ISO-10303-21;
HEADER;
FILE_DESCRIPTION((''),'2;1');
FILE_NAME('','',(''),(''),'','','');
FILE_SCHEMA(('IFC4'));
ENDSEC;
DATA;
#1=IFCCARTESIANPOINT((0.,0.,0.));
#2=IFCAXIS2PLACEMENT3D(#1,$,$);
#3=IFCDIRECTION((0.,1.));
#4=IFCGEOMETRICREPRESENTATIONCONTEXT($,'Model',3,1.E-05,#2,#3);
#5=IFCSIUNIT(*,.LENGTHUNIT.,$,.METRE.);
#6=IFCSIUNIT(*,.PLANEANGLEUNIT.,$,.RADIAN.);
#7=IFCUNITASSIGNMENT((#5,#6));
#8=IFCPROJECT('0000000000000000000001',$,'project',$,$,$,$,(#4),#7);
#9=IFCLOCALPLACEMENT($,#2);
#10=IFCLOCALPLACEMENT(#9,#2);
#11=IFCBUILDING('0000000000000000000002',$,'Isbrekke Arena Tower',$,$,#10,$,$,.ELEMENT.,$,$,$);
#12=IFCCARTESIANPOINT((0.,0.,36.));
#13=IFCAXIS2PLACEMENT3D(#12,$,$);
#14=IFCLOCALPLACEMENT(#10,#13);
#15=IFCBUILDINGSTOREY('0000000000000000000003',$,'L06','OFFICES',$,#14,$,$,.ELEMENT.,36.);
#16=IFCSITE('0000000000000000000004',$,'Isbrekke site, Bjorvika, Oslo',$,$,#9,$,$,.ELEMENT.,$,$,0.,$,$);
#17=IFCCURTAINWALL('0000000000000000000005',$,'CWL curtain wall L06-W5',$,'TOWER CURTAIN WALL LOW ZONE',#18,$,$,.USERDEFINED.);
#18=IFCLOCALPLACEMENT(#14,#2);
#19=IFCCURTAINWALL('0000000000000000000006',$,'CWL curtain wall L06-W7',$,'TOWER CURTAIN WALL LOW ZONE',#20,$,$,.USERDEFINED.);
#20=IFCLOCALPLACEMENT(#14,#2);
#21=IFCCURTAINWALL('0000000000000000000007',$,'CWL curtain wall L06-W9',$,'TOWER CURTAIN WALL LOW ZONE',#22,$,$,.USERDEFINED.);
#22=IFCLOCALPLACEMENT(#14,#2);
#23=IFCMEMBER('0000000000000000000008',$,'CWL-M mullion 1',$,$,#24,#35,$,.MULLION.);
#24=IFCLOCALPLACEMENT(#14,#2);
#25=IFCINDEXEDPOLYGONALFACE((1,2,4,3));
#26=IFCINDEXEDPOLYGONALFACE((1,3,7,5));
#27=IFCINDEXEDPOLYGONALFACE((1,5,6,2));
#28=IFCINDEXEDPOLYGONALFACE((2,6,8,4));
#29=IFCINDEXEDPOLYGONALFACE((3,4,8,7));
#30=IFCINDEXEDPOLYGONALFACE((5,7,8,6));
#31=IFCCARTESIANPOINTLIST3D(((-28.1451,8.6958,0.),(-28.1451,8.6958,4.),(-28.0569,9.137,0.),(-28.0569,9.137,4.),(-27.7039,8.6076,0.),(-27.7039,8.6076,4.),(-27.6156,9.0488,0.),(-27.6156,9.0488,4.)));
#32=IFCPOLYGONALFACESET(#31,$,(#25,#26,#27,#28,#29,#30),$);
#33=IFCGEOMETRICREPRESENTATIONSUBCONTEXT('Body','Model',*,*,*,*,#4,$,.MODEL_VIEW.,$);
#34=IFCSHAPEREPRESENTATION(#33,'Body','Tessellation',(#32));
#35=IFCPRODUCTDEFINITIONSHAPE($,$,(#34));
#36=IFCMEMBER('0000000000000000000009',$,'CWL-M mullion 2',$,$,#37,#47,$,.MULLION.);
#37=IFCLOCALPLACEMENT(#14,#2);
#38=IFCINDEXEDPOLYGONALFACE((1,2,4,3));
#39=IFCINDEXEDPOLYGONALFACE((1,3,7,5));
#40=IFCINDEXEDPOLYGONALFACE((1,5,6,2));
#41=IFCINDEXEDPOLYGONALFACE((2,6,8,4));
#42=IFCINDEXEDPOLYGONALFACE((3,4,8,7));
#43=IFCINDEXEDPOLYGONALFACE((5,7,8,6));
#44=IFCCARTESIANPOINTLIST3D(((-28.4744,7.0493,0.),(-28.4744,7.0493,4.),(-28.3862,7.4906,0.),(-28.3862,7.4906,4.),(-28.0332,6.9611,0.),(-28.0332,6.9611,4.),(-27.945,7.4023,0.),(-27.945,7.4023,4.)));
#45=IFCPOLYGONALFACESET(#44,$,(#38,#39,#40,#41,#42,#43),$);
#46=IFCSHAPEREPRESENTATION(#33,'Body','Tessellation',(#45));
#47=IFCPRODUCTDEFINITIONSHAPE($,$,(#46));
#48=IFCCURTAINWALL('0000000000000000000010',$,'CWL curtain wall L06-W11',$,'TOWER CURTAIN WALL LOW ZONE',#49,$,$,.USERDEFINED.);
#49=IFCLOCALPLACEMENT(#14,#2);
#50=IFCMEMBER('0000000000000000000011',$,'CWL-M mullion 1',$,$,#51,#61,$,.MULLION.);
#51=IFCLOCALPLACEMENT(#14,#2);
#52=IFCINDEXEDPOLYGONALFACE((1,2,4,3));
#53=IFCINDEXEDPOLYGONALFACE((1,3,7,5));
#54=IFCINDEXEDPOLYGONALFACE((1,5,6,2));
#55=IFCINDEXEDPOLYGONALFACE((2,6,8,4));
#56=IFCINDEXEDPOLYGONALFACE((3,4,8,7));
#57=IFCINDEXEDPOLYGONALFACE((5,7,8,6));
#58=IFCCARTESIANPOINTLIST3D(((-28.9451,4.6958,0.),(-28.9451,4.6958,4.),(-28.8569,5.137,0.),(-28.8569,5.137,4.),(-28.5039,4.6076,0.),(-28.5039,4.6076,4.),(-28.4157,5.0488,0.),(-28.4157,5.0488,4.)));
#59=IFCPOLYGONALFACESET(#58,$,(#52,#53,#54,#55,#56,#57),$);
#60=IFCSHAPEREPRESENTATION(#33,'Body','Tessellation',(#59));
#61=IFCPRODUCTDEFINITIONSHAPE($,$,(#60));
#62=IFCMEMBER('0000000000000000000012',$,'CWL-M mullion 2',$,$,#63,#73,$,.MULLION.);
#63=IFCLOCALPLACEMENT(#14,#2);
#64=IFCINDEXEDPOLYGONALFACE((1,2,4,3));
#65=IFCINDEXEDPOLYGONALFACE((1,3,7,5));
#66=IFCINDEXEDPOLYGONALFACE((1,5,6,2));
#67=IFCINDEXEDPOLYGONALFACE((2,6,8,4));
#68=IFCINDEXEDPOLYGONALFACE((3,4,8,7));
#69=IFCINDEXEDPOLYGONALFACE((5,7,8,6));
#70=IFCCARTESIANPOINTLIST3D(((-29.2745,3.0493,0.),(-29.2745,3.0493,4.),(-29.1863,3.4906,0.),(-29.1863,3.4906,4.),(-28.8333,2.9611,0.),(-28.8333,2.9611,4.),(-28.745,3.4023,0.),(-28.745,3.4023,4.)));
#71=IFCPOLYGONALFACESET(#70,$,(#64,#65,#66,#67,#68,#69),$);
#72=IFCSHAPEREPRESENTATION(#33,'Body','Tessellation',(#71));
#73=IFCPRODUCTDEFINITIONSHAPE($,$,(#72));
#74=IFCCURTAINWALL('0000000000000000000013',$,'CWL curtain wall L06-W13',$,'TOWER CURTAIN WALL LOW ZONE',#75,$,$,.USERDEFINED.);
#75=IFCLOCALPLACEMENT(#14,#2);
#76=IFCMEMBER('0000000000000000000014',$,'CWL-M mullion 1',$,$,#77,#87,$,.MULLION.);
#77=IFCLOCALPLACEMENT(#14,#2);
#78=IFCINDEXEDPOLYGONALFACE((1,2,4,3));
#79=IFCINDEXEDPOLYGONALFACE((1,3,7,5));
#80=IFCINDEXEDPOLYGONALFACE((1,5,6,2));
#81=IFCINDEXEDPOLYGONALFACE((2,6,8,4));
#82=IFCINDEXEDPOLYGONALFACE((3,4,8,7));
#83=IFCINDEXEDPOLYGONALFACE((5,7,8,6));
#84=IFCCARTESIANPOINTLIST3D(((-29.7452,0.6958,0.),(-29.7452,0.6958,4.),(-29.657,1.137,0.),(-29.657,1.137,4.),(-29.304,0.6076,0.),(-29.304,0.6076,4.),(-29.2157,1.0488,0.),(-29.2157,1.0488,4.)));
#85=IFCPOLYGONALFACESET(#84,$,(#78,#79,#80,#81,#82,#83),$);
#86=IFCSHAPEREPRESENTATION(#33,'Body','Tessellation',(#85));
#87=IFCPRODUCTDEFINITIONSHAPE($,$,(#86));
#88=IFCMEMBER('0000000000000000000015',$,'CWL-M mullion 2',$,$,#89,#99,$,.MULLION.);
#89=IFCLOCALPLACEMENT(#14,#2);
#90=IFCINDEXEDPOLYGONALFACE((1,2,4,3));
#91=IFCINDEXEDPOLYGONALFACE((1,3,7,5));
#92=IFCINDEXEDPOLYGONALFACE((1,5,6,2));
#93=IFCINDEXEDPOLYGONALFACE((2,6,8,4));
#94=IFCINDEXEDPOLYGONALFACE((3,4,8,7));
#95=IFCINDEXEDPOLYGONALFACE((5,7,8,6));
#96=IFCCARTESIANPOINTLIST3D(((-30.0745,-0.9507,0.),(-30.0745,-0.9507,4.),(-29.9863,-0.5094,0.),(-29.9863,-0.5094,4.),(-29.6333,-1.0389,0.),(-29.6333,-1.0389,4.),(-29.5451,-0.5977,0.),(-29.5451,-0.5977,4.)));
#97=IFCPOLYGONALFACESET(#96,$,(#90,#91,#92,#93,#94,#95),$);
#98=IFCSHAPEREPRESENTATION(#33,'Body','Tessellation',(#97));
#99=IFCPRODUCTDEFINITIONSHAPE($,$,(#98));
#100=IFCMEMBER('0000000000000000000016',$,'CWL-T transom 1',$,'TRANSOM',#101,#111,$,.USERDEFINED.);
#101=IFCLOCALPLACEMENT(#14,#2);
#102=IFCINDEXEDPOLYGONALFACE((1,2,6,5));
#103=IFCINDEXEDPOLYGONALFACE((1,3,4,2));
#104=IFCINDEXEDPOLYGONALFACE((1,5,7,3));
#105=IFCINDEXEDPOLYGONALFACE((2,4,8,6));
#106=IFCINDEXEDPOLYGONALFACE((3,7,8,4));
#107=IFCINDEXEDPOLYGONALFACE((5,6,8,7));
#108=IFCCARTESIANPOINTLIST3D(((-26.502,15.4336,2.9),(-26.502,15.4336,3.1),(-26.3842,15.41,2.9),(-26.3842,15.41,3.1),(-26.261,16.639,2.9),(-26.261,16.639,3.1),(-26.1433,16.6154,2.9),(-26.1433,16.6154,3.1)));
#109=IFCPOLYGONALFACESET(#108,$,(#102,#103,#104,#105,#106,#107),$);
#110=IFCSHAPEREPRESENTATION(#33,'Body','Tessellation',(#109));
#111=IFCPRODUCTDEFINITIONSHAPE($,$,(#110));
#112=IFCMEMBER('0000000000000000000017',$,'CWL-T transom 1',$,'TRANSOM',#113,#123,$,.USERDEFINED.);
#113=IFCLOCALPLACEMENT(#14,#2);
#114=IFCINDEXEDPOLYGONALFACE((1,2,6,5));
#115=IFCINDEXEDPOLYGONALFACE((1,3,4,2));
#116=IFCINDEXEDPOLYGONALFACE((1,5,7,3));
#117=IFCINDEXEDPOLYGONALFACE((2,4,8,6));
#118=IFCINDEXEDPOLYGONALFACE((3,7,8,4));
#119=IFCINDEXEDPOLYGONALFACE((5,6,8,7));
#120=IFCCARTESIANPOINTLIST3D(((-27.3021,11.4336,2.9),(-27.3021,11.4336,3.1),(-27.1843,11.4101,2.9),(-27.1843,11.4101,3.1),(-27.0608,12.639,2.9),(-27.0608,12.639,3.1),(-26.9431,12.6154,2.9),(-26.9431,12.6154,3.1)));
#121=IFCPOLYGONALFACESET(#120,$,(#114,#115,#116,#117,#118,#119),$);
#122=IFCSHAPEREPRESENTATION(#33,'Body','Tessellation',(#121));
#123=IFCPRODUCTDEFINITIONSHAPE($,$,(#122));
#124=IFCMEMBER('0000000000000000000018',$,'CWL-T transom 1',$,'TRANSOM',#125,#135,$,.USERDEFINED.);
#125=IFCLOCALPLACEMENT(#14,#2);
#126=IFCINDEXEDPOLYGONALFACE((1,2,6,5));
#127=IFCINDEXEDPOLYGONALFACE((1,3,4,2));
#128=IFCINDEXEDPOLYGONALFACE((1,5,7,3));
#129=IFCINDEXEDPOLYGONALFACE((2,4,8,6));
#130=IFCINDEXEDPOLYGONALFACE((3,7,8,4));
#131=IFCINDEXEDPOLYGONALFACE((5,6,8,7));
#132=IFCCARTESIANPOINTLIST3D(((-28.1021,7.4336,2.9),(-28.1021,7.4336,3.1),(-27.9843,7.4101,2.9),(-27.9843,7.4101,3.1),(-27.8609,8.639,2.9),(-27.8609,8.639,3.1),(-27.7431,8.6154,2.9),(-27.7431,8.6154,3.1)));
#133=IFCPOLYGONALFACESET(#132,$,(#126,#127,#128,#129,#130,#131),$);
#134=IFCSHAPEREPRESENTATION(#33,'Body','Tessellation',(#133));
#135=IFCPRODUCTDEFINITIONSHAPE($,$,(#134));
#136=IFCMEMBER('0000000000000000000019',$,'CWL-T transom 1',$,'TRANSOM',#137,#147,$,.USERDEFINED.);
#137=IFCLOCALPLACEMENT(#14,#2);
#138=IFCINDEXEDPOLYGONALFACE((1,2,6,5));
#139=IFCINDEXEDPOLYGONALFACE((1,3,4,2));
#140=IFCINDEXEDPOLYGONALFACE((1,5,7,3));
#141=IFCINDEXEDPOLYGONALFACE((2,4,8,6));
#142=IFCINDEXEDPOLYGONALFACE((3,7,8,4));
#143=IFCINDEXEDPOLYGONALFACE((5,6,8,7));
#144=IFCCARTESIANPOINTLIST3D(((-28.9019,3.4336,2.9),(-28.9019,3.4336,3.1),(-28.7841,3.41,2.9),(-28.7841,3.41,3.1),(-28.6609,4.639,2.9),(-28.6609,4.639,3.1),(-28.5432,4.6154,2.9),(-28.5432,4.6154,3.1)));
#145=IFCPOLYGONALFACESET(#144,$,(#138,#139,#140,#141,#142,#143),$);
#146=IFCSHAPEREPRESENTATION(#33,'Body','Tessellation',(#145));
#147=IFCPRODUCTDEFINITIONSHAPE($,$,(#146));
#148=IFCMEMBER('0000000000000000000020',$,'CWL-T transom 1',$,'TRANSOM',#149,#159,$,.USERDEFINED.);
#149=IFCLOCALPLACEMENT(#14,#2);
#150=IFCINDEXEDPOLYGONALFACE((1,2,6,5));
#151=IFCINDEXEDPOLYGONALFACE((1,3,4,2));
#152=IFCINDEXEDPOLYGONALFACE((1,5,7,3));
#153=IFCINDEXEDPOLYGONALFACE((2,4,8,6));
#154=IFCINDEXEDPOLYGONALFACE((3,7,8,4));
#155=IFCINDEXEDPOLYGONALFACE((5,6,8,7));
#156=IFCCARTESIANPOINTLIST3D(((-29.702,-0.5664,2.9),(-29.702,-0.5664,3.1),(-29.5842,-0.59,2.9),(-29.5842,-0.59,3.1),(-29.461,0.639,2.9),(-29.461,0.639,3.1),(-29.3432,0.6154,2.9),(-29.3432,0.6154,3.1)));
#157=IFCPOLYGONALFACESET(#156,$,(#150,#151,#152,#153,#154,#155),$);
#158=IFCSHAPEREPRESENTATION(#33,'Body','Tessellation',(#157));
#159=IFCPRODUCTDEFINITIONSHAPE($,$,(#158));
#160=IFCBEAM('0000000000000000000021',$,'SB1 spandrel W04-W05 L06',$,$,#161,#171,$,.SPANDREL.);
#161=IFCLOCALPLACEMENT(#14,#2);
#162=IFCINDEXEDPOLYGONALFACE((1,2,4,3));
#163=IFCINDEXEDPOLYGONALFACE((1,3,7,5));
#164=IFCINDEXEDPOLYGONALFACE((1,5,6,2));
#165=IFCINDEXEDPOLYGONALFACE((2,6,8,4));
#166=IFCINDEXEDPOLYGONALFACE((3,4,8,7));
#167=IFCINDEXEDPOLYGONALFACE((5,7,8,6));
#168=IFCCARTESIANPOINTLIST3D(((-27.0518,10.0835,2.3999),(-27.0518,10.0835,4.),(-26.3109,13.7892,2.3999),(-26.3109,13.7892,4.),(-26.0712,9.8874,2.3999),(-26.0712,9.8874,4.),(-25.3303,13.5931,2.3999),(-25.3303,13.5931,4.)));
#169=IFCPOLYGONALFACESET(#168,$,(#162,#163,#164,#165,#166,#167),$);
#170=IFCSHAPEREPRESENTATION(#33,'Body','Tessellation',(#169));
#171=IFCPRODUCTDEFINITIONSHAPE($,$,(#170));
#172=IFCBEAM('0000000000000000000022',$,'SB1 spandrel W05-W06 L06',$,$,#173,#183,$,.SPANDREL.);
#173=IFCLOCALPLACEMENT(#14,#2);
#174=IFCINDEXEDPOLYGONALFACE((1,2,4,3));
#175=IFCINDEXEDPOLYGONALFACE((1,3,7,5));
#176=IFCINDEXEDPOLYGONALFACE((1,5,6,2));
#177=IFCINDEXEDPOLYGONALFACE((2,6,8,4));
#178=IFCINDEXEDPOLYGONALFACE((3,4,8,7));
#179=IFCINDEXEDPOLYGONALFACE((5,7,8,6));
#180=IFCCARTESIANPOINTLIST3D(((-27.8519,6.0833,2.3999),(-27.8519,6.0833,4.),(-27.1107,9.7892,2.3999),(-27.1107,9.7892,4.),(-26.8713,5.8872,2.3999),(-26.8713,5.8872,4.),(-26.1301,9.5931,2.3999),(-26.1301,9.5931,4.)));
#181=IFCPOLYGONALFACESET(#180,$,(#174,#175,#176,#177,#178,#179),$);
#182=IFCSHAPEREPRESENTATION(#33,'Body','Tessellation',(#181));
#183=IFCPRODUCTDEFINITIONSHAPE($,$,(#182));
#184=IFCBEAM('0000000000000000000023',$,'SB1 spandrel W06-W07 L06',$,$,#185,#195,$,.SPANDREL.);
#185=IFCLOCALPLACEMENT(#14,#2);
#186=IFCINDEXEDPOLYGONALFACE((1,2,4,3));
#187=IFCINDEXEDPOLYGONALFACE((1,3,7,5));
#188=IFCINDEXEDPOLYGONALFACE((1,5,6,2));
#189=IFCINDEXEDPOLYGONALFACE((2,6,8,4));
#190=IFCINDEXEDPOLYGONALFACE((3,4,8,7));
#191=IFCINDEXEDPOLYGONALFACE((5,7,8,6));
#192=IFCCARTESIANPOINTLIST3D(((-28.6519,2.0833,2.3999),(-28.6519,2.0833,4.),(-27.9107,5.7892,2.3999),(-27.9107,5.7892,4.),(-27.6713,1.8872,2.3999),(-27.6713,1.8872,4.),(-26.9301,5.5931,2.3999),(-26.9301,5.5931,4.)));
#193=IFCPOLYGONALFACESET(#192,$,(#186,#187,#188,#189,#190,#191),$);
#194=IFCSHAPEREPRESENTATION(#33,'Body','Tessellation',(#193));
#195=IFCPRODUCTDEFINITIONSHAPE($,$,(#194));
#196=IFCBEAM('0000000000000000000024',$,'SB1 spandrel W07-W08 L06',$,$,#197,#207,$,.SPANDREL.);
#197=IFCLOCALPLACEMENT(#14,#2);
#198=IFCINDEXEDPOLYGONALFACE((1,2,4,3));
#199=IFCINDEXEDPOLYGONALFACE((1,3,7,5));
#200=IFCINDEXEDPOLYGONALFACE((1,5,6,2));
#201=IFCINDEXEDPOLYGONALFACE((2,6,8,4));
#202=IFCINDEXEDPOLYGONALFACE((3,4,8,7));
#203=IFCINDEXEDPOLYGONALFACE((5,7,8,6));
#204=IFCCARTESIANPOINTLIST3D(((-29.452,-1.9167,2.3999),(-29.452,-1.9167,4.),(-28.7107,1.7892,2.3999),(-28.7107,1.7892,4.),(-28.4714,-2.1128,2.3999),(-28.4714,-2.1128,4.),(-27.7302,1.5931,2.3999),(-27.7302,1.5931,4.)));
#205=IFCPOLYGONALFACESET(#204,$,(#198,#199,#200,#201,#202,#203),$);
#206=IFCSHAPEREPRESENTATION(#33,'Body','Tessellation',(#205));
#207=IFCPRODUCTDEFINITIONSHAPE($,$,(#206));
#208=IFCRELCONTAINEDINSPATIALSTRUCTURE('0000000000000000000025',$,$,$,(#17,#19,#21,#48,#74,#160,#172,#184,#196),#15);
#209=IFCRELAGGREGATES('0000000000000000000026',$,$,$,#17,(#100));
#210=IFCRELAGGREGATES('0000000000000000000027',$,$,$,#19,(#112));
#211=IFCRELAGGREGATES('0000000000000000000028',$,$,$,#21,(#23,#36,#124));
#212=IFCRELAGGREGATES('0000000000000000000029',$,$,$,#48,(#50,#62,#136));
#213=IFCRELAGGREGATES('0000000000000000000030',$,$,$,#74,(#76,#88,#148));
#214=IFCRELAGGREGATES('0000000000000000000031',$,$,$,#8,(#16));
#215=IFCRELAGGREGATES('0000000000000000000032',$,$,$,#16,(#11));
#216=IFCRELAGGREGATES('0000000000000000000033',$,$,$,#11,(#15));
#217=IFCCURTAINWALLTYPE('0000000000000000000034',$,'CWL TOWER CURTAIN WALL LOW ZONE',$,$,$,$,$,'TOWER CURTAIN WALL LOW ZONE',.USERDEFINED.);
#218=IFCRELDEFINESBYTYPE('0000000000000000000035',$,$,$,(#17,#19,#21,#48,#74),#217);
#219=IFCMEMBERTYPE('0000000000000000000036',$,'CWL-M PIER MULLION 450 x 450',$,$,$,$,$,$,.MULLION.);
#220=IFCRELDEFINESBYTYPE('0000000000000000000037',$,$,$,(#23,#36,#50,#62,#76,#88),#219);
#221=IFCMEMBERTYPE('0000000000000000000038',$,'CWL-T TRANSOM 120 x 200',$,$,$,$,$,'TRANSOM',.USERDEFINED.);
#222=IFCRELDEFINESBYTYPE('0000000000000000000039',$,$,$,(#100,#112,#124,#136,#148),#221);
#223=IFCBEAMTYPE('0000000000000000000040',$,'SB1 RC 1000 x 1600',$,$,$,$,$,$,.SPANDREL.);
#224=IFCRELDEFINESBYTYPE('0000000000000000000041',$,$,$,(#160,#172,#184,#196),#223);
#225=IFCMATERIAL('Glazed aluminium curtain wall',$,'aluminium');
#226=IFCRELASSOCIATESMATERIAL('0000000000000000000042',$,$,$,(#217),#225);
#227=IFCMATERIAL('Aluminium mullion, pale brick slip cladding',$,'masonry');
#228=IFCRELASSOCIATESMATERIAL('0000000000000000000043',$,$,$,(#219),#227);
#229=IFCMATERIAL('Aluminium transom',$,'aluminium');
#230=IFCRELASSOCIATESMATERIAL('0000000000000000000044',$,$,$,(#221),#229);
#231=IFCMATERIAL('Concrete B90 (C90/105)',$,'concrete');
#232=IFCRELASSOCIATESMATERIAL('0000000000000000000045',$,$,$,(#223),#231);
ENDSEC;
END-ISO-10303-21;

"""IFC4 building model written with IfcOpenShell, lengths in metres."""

from ifc_helpers import new_model, si_unit, direction, frame, origin, origin_2d, place, context, subcontext, project, spatial, rectangle, extrude, material, material_profile, profile_set, type_object, element, aggregate, save


model = new_model("IFC4")

# Units and contexts
model_context = context("Model", 3, precision=1e-05, world=origin(), true_north=direction((0.0, 1.0)))
body_context = subcontext(model_context, "Body", "Model", "MODEL_VIEW")
ifc_project = project(units=[si_unit("LENGTHUNIT", "METRE"), si_unit("PLANEANGLEUNIT", "RADIAN")], contexts=[model_context])

# Site, building, storey
site_placement = place(None, origin())
site = spatial("IfcSite", under=ifc_project, at=site_placement, Name="Isbrekke site, Bjorvika, Oslo", CompositionType="ELEMENT", RefElevation=0.0)
building_placement = place(site_placement, origin())
building = spatial("IfcBuilding", under=site, at=building_placement, Name="Isbrekke Arena Tower", CompositionType="ELEMENT")
storey_placement = place(building_placement, frame((0.0, 0.0, 36.0)))
storey = spatial("IfcBuildingStorey", under=building, at=storey_placement, Name="L06", Description="OFFICES", CompositionType="ELEMENT", Elevation=36.0)

# Curtain walls, members
ifc_material_1 = material(Name="Glazed aluminium curtain wall", Category="aluminium")
curtain_wall_type = type_object("IfcCurtainWallType", Name="CWL TOWER CURTAIN WALL LOW ZONE", ElementType="TOWER CURTAIN WALL LOW ZONE", PredefinedType="USERDEFINED", material=ifc_material_1)
curtain_wall_1_placement = place(storey_placement, origin())
curtain_wall_1 = element("IfcCurtainWall", 1, at=curtain_wall_1_placement, inside=storey, type_object=curtain_wall_type, Name="CWL curtain wall L06-W5", ObjectType="TOWER CURTAIN WALL LOW ZONE", PredefinedType="USERDEFINED")
ifc_material_2 = material(Name="Aluminium mullion, pale brick slip cladding", Category="masonry")
ifc_material_profile_1 = material_profile(ifc_material_2, rectangle(XDim=0.45, YDim=0.45, at=origin_2d()), Name="PIER 450X450")
ifc_profile_set_1 = profile_set([ifc_material_profile_1], Name="Aluminium mullion, pale brick slip cladding")
member_type_1 = type_object("IfcMemberType", Name="CWL-M PIER MULLION 450 x 450", PredefinedType="MULLION", material=ifc_profile_set_1)
curtain_wall_2_placement = place(storey_placement, origin())
curtain_wall_2 = element("IfcCurtainWall", 2, at=curtain_wall_2_placement, inside=storey, type_object=curtain_wall_type, Name="CWL curtain wall L06-W7", ObjectType="TOWER CURTAIN WALL LOW ZONE", PredefinedType="USERDEFINED")
curtain_wall_3_placement = place(storey_placement, origin())
curtain_wall_3 = element("IfcCurtainWall", 3, at=curtain_wall_3_placement, inside=storey, type_object=curtain_wall_type, Name="CWL curtain wall L06-W9", ObjectType="TOWER CURTAIN WALL LOW ZONE", PredefinedType="USERDEFINED")
member_1_placement = place(storey_placement, frame((-27.8804, 8.8723, 0.0), z_axis=(0.0, 0.0, 1.0), x_axis=(-0.196116, -0.980581, 0.0)))
member_1 = element("IfcMember", 4, at=member_1_placement, type_object=member_type_1, Name="CWL-M mullion 1", PredefinedType="MULLION", context=body_context, shape_type="SweptSolid", body=[
    extrude(rectangle(XDim=0.45, YDim=0.45, at=origin_2d()), origin(), (0.0, 0.0, 1.0), 4.0),
])
member_2_placement = place(storey_placement, frame((-28.2097, 7.2258, 0.0), z_axis=(0.0, 0.0, 1.0), x_axis=(-0.196116, -0.980581, 0.0)))
member_2 = element("IfcMember", 5, at=member_2_placement, type_object=member_type_1, Name="CWL-M mullion 2", PredefinedType="MULLION", context=body_context, shape_type="SweptSolid", body=[
    extrude(rectangle(XDim=0.45, YDim=0.45, at=origin_2d()), origin(), (0.0, 0.0, 1.0), 4.0),
])
curtain_wall_4_placement = place(storey_placement, origin())
curtain_wall_4 = element("IfcCurtainWall", 6, at=curtain_wall_4_placement, inside=storey, type_object=curtain_wall_type, Name="CWL curtain wall L06-W11", ObjectType="TOWER CURTAIN WALL LOW ZONE", PredefinedType="USERDEFINED")
member_3_placement = place(storey_placement, frame((-28.6804, 4.8723, 0.0), z_axis=(0.0, 0.0, 1.0), x_axis=(-0.196116, -0.980581, 0.0)))
member_3 = element("IfcMember", 7, at=member_3_placement, type_object=member_type_1, Name="CWL-M mullion 1", PredefinedType="MULLION", context=body_context, shape_type="SweptSolid", body=[
    extrude(rectangle(XDim=0.45, YDim=0.45, at=origin_2d()), origin(), (0.0, 0.0, 1.0), 4.0),
])
member_4_placement = place(storey_placement, frame((-29.0098, 3.2258, 0.0), z_axis=(0.0, 0.0, 1.0), x_axis=(-0.196116, -0.980581, 0.0)))
member_4 = element("IfcMember", 8, at=member_4_placement, type_object=member_type_1, Name="CWL-M mullion 2", PredefinedType="MULLION", context=body_context, shape_type="SweptSolid", body=[
    extrude(rectangle(XDim=0.45, YDim=0.45, at=origin_2d()), origin(), (0.0, 0.0, 1.0), 4.0),
])
curtain_wall_5_placement = place(storey_placement, origin())
curtain_wall_5 = element("IfcCurtainWall", 9, at=curtain_wall_5_placement, inside=storey, type_object=curtain_wall_type, Name="CWL curtain wall L06-W13", ObjectType="TOWER CURTAIN WALL LOW ZONE", PredefinedType="USERDEFINED")
member_5_placement = place(storey_placement, frame((-29.4805, 0.8723, 0.0), z_axis=(0.0, 0.0, 1.0), x_axis=(-0.196116, -0.980581, 0.0)))
member_5 = element("IfcMember", 10, at=member_5_placement, type_object=member_type_1, Name="CWL-M mullion 1", PredefinedType="MULLION", context=body_context, shape_type="SweptSolid", body=[
    extrude(rectangle(XDim=0.45, YDim=0.45, at=origin_2d()), origin(), (0.0, 0.0, 1.0), 4.0),
])
member_6_placement = place(storey_placement, frame((-29.8098, -0.7742, 0.0), z_axis=(0.0, 0.0, 1.0), x_axis=(-0.196116, -0.980581, 0.0)))
member_6 = element("IfcMember", 11, at=member_6_placement, type_object=member_type_1, Name="CWL-M mullion 2", PredefinedType="MULLION", context=body_context, shape_type="SweptSolid", body=[
    extrude(rectangle(XDim=0.45, YDim=0.45, at=origin_2d()), origin(), (0.0, 0.0, 1.0), 4.0),
])

# Members
ifc_material_3 = material(Name="Aluminium transom", Category="aluminium")
ifc_material_profile_2 = material_profile(ifc_material_3, rectangle(XDim=0.1201, YDim=0.2, at=origin_2d()), Name="TRANSOM 120X200")
ifc_profile_set_2 = profile_set([ifc_material_profile_2], Name="Aluminium transom")
member_type_2 = type_object("IfcMemberType", Name="CWL-T TRANSOM 120 x 200", ElementType="TRANSOM", PredefinedType="USERDEFINED", material=ifc_profile_set_2)
member_7_placement = place(storey_placement, frame((-26.2021, 16.6272, 3.0), z_axis=(-0.19604, -0.980596, 0.0), x_axis=(0.980596, -0.19604, 0.0)))
member_7 = element("IfcMember", 12, at=member_7_placement, type_object=member_type_2, Name="CWL-T transom 1", ObjectType="TRANSOM", PredefinedType="USERDEFINED", context=body_context, shape_type="SweptSolid", body=[
    extrude(rectangle(XDim=0.1201, YDim=0.2, at=origin_2d()), origin(), (0.0, 0.0, 1.0), 1.2292),
])
member_8_placement = place(storey_placement, frame((-27.002, 12.6272, 3.0), z_axis=(-0.196231, -0.980558, 0.0), x_axis=(0.980558, -0.196231, 0.0)))
member_8 = element("IfcMember", 13, at=member_8_placement, type_object=member_type_2, Name="CWL-T transom 1", ObjectType="TRANSOM", PredefinedType="USERDEFINED", context=body_context, shape_type="SweptSolid", body=[
    extrude(rectangle(XDim=0.1201, YDim=0.2, at=origin_2d()), origin(), (0.0, 0.0, 1.0), 1.2292),
])
member_9_placement = place(storey_placement, frame((-27.802, 8.6272, 3.0), z_axis=(-0.196231, -0.980558, 0.0), x_axis=(0.980558, -0.196231, 0.0)))
member_9 = element("IfcMember", 14, at=member_9_placement, type_object=member_type_2, Name="CWL-T transom 1", ObjectType="TRANSOM", PredefinedType="USERDEFINED", context=body_context, shape_type="SweptSolid", body=[
    extrude(rectangle(XDim=0.1201, YDim=0.2, at=origin_2d()), origin(), (0.0, 0.0, 1.0), 1.2292),
])
member_10_placement = place(storey_placement, frame((-28.6021, 4.6272, 3.0), z_axis=(-0.19604, -0.980596, 0.0), x_axis=(0.980596, -0.19604, 0.0)))
member_10 = element("IfcMember", 15, at=member_10_placement, type_object=member_type_2, Name="CWL-T transom 1", ObjectType="TRANSOM", PredefinedType="USERDEFINED", context=body_context, shape_type="SweptSolid", body=[
    extrude(rectangle(XDim=0.1201, YDim=0.2, at=origin_2d()), origin(), (0.0, 0.0, 1.0), 1.2292),
])
member_11_placement = place(storey_placement, frame((-29.4021, 0.6272, 3.0), z_axis=(-0.19604, -0.980596, 0.0), x_axis=(0.980596, -0.19604, 0.0)))
member_11 = element("IfcMember", 16, at=member_11_placement, type_object=member_type_2, Name="CWL-T transom 1", ObjectType="TRANSOM", PredefinedType="USERDEFINED", context=body_context, shape_type="SweptSolid", body=[
    extrude(rectangle(XDim=0.1201, YDim=0.2, at=origin_2d()), origin(), (0.0, 0.0, 1.0), 1.2292),
])

# Beams
ifc_material_4 = material(Name="Concrete B90 (C90/105)", Category="concrete")
ifc_material_profile_3 = material_profile(ifc_material_4, rectangle(XDim=1.0, YDim=1.6001, at=origin_2d()), Name="RC 1000x1600")
ifc_profile_set_3 = profile_set([ifc_material_profile_3], Name="Concrete B90 (C90/105)")
beam_type_1 = type_object("IfcBeamType", Name="SB1 RC 1000 x 1600", PredefinedType="SPANDREL", material=ifc_profile_set_3)
beam_1_placement = place(storey_placement, frame((-25.8206, 13.6912, 3.2), z_axis=(-0.196066, -0.980591, 0.0), x_axis=(0.980591, -0.196066, 0.0)))
element("IfcBeam", 17, at=beam_1_placement, inside=storey, type_object=beam_type_1, Name="SB1 spandrel W04-W05 L06", PredefinedType="SPANDREL", context=body_context, shape_type="SweptSolid", body=[
    extrude(rectangle(XDim=1.0, YDim=1.6001, at=origin_2d()), origin(), (0.0, 0.0, 1.0), 3.7791),
])
for number, where, z_axis, x_axis, name in (
    (18, (-26.6204, 9.6912, 3.2), (-0.196129, -0.980578, 0.0), (0.980578, -0.196129, 0.0), "SB1 spandrel W05-W06 L06"),
    (19, (-27.4204, 5.6912, 3.2), (-0.196129, -0.980578, 0.0), (0.980578, -0.196129, 0.0), "SB1 spandrel W06-W07 L06"),
    (20, (-28.2205, 1.6912, 3.2), (-0.196129, -0.980578, 0.0), (0.980578, -0.196129, 0.0), "SB1 spandrel W07-W08 L06"),
):
    element("IfcBeam", number, at=place(storey_placement, frame(where, z_axis=z_axis, x_axis=x_axis)), inside=storey, type_object=beam_type_1, Name=name, PredefinedType="SPANDREL", context=body_context, shape_type="SweptSolid", body=[
        extrude(rectangle(XDim=1.0, YDim=1.6001, at=origin_2d()), origin(), (0.0, 0.0, 1.0), 3.7793),
    ])

aggregate(curtain_wall_1, [member_7])
aggregate(curtain_wall_2, [member_8])
aggregate(curtain_wall_3, [member_1, member_2, member_9])
aggregate(curtain_wall_4, [member_3, member_4, member_10])
aggregate(curtain_wall_5, [member_5, member_6, member_11])

save(model, "model.ifc")
